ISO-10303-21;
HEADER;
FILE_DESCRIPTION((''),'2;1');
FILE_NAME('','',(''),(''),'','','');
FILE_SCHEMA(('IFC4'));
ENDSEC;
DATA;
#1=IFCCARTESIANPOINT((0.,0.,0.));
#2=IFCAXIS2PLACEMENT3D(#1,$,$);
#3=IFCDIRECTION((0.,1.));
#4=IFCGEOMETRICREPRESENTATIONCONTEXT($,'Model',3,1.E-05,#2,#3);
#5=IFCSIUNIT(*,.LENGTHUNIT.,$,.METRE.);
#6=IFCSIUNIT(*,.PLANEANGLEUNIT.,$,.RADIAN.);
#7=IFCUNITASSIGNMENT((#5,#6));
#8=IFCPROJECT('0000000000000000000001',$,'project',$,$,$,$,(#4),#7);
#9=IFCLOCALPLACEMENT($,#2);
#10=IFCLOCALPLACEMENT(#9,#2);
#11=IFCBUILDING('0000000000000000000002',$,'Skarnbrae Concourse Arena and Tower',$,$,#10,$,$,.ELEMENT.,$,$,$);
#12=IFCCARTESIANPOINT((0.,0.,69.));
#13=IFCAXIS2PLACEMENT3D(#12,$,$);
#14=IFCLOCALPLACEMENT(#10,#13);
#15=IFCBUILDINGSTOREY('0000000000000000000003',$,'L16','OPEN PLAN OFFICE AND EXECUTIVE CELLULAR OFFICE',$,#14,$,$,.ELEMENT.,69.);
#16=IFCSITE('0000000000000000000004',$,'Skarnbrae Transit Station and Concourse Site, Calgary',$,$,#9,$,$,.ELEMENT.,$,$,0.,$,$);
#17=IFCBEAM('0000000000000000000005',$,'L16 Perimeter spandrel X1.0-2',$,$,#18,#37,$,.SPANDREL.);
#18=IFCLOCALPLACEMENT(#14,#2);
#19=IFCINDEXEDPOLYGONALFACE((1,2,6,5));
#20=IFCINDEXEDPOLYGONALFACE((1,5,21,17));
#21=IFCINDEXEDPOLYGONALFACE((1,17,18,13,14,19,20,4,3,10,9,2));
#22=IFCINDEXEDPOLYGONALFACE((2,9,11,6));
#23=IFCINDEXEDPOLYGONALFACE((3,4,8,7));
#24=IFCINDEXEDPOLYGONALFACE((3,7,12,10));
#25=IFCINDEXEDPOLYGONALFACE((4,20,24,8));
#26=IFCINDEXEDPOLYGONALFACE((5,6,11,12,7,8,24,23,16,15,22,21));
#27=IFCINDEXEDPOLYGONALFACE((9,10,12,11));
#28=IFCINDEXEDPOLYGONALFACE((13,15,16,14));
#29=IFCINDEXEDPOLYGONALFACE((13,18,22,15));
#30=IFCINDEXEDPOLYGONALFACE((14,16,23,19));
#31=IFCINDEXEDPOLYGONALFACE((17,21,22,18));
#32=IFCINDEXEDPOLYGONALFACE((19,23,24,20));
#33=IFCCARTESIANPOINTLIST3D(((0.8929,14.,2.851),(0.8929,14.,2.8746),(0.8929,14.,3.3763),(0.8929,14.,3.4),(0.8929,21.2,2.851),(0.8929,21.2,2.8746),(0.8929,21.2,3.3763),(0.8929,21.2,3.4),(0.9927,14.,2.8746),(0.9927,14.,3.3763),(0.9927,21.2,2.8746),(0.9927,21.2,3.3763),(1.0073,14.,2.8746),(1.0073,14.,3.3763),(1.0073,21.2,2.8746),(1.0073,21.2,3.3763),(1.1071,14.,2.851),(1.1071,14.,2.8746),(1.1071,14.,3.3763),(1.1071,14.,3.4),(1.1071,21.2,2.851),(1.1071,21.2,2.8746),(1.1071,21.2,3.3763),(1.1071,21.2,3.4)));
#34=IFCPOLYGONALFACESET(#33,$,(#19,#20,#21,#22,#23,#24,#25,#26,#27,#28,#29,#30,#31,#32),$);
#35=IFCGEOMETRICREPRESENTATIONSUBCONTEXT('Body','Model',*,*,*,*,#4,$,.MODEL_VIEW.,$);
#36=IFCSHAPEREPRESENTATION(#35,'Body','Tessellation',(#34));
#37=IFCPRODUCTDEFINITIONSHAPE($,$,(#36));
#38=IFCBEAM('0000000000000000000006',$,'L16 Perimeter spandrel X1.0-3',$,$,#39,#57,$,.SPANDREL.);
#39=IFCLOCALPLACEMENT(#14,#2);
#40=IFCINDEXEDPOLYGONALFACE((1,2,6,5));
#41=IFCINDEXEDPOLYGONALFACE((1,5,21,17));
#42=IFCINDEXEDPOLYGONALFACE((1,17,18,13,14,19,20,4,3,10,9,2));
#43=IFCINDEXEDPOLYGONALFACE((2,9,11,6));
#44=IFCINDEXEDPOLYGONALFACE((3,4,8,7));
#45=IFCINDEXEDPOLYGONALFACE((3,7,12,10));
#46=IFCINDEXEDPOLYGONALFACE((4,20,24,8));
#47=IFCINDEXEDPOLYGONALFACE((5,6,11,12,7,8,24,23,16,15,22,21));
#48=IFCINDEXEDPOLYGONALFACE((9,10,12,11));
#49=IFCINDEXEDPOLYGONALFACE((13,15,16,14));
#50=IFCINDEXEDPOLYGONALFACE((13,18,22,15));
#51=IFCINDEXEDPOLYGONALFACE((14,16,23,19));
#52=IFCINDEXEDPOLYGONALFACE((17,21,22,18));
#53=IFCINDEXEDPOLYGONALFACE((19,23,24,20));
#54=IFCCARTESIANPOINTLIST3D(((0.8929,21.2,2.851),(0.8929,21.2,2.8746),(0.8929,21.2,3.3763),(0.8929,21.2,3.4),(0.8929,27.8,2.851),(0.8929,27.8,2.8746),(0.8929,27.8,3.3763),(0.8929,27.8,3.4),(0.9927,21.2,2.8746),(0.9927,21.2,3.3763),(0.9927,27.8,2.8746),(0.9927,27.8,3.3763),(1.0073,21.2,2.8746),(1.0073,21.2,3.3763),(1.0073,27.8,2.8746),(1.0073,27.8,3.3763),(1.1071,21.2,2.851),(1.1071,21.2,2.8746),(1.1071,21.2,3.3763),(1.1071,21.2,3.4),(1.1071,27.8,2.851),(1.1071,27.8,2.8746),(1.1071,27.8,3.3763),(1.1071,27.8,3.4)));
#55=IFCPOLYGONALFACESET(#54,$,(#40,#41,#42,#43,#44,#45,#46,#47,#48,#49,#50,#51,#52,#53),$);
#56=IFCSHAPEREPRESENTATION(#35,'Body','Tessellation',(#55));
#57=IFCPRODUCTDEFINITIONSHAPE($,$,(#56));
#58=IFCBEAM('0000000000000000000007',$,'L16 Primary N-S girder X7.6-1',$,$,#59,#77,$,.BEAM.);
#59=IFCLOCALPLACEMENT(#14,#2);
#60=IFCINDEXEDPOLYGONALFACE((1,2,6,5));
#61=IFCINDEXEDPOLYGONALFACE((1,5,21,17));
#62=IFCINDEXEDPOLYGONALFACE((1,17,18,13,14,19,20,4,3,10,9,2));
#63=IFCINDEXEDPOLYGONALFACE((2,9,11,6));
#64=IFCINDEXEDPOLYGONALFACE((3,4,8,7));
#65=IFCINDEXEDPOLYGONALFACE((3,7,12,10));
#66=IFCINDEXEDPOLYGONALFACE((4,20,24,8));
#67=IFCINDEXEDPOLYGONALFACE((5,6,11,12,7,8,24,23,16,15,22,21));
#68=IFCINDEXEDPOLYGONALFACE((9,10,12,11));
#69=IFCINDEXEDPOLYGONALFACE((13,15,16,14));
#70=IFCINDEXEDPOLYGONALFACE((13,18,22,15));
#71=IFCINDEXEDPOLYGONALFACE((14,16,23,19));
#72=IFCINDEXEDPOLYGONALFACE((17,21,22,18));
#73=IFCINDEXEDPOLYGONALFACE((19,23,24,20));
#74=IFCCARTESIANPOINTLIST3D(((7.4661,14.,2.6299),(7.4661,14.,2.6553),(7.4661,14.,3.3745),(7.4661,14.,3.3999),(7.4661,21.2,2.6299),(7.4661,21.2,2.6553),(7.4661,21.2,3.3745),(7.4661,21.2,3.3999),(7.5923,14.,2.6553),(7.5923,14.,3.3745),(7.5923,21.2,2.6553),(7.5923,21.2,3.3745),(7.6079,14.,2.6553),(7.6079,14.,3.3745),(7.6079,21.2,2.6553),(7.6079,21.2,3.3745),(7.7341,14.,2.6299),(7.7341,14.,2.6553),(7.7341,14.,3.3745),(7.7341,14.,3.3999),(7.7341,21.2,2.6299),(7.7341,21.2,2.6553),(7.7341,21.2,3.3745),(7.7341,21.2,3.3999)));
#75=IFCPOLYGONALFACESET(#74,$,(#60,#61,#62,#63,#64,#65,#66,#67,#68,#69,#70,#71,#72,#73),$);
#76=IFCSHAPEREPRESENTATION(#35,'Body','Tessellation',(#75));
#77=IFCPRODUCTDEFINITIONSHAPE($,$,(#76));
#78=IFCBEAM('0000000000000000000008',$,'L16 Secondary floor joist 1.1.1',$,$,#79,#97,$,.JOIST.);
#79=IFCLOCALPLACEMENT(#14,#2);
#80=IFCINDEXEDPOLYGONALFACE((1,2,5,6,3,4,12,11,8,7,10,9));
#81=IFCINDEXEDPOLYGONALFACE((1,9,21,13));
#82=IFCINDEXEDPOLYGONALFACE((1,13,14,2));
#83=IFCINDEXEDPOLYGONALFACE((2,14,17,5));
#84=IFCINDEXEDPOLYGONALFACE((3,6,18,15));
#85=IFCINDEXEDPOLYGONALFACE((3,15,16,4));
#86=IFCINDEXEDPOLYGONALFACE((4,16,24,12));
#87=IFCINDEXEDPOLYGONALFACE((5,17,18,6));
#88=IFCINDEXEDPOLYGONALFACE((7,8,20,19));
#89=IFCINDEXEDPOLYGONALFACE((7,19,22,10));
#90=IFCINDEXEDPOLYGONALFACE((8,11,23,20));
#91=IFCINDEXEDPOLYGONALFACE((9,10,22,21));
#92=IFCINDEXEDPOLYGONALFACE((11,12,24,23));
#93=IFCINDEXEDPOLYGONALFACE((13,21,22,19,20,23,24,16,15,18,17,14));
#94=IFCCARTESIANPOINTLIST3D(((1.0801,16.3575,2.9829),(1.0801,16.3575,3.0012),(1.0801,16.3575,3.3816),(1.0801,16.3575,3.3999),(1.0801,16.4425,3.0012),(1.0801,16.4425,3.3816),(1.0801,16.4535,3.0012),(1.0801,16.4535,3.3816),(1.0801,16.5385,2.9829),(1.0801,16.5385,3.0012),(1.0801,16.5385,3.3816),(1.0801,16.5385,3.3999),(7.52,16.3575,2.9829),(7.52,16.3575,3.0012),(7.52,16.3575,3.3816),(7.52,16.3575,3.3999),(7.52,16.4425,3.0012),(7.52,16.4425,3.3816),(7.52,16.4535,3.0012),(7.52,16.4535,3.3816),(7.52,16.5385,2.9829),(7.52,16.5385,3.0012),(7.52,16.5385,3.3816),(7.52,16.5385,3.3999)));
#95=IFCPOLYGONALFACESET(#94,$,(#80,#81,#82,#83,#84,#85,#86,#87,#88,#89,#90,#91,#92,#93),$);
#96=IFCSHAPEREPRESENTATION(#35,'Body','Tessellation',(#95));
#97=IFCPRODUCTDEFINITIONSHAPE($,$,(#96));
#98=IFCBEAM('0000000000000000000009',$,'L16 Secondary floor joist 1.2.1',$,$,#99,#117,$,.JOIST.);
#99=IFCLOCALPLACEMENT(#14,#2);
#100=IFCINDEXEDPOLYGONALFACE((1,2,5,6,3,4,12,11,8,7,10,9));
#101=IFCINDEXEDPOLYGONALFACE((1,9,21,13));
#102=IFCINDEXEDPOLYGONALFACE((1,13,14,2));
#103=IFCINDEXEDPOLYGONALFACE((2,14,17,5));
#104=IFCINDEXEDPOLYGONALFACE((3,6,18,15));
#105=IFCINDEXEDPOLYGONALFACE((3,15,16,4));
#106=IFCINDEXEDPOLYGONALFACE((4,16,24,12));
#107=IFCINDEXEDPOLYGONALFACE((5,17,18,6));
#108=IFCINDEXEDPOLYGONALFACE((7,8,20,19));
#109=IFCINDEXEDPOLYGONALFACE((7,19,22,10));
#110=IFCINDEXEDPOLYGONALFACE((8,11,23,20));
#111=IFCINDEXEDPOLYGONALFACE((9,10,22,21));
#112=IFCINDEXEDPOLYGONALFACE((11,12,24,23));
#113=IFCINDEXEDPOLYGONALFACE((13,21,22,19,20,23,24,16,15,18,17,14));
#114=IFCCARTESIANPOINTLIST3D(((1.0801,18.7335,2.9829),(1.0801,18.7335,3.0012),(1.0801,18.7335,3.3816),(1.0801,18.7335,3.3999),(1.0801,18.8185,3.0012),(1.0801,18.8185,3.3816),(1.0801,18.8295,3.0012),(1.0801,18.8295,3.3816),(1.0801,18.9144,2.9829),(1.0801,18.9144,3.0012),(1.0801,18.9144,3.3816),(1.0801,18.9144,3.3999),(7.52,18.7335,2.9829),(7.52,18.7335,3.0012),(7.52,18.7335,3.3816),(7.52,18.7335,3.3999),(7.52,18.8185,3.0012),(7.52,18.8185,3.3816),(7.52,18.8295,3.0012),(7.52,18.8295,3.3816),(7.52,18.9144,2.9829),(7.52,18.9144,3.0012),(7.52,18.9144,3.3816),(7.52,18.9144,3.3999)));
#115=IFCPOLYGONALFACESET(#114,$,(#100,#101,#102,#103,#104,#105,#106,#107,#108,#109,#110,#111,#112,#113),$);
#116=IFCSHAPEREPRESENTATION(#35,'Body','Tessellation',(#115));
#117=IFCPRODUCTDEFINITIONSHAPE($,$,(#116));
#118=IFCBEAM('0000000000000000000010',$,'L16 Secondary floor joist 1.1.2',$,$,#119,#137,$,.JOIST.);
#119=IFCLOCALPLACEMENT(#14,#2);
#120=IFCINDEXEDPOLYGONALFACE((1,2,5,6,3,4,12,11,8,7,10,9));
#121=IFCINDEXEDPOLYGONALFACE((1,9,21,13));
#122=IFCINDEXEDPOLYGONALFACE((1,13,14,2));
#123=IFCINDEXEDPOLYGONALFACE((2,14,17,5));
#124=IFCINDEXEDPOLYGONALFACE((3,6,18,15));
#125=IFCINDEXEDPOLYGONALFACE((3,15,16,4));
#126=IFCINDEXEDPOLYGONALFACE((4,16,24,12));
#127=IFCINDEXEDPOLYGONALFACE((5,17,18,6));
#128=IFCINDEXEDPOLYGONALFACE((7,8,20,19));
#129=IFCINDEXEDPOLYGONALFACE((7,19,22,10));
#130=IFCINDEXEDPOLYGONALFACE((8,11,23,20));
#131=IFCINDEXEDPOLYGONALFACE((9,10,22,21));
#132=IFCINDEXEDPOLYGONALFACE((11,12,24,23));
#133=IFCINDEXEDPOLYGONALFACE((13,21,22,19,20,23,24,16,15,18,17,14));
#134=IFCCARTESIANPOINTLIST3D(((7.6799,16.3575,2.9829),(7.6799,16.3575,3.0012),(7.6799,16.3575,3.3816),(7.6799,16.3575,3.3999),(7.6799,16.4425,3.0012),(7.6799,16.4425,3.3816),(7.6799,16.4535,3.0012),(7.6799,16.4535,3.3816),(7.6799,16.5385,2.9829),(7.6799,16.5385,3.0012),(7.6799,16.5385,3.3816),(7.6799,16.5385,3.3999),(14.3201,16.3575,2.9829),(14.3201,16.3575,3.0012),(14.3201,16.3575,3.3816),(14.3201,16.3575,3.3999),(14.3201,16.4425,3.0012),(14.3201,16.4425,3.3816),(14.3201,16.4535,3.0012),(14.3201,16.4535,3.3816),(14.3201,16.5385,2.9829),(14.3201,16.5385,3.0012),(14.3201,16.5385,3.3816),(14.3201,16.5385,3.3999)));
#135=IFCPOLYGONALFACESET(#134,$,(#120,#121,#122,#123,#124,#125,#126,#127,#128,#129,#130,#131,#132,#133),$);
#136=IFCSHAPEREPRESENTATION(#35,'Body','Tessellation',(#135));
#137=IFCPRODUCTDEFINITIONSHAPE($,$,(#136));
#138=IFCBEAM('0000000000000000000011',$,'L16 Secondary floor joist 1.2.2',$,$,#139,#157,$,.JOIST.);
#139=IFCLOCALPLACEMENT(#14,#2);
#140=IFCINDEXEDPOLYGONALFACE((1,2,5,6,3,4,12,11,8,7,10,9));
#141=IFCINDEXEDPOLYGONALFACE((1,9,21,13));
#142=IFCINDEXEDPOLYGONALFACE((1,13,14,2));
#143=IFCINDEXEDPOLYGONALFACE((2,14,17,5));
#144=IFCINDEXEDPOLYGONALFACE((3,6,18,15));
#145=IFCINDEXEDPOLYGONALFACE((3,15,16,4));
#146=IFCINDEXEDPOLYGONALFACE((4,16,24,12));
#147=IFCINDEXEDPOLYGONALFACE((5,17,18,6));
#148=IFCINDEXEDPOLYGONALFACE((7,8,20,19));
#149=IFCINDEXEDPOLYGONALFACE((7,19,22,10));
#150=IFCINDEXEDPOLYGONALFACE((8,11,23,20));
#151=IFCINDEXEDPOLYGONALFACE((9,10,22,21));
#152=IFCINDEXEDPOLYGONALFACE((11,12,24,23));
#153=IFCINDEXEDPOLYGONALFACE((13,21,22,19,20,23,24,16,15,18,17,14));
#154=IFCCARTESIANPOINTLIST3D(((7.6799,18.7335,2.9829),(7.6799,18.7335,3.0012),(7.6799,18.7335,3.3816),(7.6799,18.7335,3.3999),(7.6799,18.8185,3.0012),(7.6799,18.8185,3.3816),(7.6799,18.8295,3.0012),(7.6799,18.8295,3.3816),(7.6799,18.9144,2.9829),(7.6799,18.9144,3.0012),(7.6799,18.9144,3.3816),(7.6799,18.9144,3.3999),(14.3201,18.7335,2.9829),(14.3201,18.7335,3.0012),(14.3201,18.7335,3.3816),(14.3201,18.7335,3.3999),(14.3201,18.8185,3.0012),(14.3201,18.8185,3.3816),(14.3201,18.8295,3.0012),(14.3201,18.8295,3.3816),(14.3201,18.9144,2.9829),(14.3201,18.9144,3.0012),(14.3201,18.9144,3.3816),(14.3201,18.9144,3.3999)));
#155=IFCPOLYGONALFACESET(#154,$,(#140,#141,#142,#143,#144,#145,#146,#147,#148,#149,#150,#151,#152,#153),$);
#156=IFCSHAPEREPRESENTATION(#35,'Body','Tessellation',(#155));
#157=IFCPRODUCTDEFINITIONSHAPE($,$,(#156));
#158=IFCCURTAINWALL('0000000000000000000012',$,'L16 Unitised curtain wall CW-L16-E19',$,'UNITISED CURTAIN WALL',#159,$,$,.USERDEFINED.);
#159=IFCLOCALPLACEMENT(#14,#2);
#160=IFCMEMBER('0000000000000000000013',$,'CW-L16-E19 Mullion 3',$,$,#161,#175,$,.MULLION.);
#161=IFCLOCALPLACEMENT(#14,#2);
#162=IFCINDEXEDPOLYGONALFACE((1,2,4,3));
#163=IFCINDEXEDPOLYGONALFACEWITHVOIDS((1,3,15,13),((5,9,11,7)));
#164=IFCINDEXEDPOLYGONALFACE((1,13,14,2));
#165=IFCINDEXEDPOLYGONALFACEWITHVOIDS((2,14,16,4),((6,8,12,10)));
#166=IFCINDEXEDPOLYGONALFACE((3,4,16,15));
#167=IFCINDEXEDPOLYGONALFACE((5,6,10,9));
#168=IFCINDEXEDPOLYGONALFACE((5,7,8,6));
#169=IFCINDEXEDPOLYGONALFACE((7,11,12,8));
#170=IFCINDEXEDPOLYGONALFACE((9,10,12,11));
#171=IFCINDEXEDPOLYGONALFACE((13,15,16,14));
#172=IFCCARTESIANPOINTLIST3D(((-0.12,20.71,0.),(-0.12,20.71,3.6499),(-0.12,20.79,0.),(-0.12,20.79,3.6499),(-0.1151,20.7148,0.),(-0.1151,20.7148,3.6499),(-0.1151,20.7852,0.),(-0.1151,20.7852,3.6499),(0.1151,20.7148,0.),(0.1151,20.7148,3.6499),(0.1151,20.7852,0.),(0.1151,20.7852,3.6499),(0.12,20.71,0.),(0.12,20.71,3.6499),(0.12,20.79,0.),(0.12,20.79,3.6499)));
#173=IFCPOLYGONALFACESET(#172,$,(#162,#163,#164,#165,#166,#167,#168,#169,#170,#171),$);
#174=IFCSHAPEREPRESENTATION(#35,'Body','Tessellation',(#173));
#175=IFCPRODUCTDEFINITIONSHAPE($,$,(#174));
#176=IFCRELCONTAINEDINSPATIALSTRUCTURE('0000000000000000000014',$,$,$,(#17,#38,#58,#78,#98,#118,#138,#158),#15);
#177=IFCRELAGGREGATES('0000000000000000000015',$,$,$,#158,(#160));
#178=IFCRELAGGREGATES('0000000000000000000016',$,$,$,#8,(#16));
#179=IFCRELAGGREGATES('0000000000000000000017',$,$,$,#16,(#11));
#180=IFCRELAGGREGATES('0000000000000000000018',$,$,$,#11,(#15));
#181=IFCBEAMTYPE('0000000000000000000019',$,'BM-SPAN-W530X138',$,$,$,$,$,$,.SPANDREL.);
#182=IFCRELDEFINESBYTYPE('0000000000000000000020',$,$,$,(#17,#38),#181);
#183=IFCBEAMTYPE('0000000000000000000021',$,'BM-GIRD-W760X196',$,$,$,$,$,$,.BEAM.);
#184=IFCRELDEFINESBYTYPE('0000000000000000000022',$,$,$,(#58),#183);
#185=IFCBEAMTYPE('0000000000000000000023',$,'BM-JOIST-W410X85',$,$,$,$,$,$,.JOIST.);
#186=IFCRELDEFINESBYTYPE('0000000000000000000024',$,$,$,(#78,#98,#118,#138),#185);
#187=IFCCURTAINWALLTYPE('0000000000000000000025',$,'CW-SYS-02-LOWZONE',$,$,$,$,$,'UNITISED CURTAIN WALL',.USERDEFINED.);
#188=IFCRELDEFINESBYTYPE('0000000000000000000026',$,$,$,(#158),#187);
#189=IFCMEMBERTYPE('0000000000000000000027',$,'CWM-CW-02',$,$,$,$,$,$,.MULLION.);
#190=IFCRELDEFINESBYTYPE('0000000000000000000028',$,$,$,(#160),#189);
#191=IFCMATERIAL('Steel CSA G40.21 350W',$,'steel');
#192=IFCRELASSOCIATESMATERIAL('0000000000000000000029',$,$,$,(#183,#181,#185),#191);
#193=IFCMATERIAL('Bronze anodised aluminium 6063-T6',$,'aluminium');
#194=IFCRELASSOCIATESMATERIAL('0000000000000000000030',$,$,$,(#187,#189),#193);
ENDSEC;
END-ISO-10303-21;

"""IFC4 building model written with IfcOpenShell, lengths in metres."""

from ifc_helpers import new_model, si_unit, direction, frame, origin, origin_2d, place, context, subcontext, project, spatial, hollow_rectangle, i_section, extrude, source, transform, mapped, material, material_profile, profile_set, type_object, element, aggregate, save


model = new_model("IFC4")

# Units and contexts
model_context = context("Model", 3, precision=1e-05, world=origin(), true_north=direction((0.0, 1.0)))
body_context = subcontext(model_context, "Body", "Model", "MODEL_VIEW")
ifc_project = project(units=[si_unit("LENGTHUNIT", "METRE"), si_unit("PLANEANGLEUNIT", "RADIAN")], contexts=[model_context])

# Site, building, storey
site_placement = place(None, origin())
site = spatial("IfcSite", under=ifc_project, at=site_placement, Name="Skarnbrae Transit Station and Concourse Site, Calgary", CompositionType="ELEMENT", RefElevation=0.0)
building_placement = place(site_placement, origin())
building = spatial("IfcBuilding", under=site, at=building_placement, Name="Skarnbrae Concourse Arena and Tower", CompositionType="ELEMENT")
storey_placement = place(building_placement, frame((0.0, 0.0, 69.0)))
storey = spatial("IfcBuildingStorey", under=building, at=storey_placement, Name="L16", Description="OPEN PLAN OFFICE AND EXECUTIVE CELLULAR OFFICE", CompositionType="ELEMENT", Elevation=69.0)

# Shared definitions
ifc_material_1 = material(Name="Steel CSA G40.21 350W", Category="steel")

# Beams
ifc_material_profile_1 = material_profile(ifc_material_1, i_section(OverallWidth=0.2681, OverallDepth=0.77, WebThickness=0.0156, FlangeThickness=0.0254, at=origin_2d()), Name="W760X196")
ifc_profile_set_1 = profile_set([ifc_material_profile_1], Name="Steel CSA G40.21 350W")
beam_type_1 = type_object("IfcBeamType", Name="BM-GIRD-W760X196", PredefinedType="BEAM", material=ifc_profile_set_1)
ifc_material_profile_2 = material_profile(ifc_material_1, i_section(OverallWidth=0.2141, OverallDepth=0.5491, WebThickness=0.0146, FlangeThickness=0.0237, at=origin_2d()), Name="W530X138")
ifc_profile_set_2 = profile_set([ifc_material_profile_2], Name="Steel CSA G40.21 350W")
beam_type_2 = type_object("IfcBeamType", Name="BM-SPAN-W530X138", PredefinedType="SPANDREL", material=ifc_profile_set_2)
shared_shape_1 = source(origin(), body_context, "Body", "SweptSolid", [
    extrude(i_section(OverallWidth=0.2141, OverallDepth=0.5491, WebThickness=0.0146, FlangeThickness=0.0237, at=origin_2d()), origin(), (0.0, 0.0, 1.0), 7.2),
])
beam_1_placement = place(storey_placement, frame((1.0, 14.0, 3.1255), z_axis=(0.0, 1.0, 0.0), x_axis=(-1.0, 0.0, 0.0)))
element("IfcBeam", 1, at=beam_1_placement, inside=storey, type_object=beam_type_2, Name="L16 Perimeter spandrel X1.0-2", PredefinedType="SPANDREL", context=body_context, shape_type="MappedRepresentation", body=[
    mapped(shared_shape_1, transform((0.0, 0.0, 0.0))),
])
shared_shape_2 = source(origin(), body_context, "Body", "SweptSolid", [
    extrude(i_section(OverallWidth=0.2141, OverallDepth=0.5491, WebThickness=0.0146, FlangeThickness=0.0237, at=origin_2d()), origin(), (0.0, 0.0, 1.0), 6.6001),
])
beam_2_placement = place(storey_placement, frame((1.0, 21.2, 3.1255), z_axis=(0.0, 1.0, 0.0), x_axis=(-1.0, 0.0, 0.0)))
element("IfcBeam", 2, at=beam_2_placement, inside=storey, type_object=beam_type_2, Name="L16 Perimeter spandrel X1.0-3", PredefinedType="SPANDREL", context=body_context, shape_type="MappedRepresentation", body=[
    mapped(shared_shape_2, transform((0.0, 0.0, 0.0))),
])
shared_shape_3 = source(origin(), body_context, "Body", "SweptSolid", [
    extrude(i_section(OverallWidth=0.2681, OverallDepth=0.77, WebThickness=0.0156, FlangeThickness=0.0254, at=origin_2d()), origin(), (0.0, 0.0, 1.0), 7.2),
])
beam_3_placement = place(storey_placement, frame((7.6001, 14.0, 3.0149), z_axis=(0.0, 1.0, 0.0), x_axis=(-1.0, 0.0, 0.0)))
element("IfcBeam", 3, at=beam_3_placement, inside=storey, type_object=beam_type_1, Name="L16 Primary N-S girder X7.6-1", PredefinedType="BEAM", context=body_context, shape_type="MappedRepresentation", body=[
    mapped(shared_shape_3, transform((0.0, 0.0, 0.0))),
])
ifc_material_profile_3 = material_profile(ifc_material_1, i_section(OverallWidth=0.1809, OverallDepth=0.417, WebThickness=0.011, FlangeThickness=0.0183, at=origin_2d()), Name="W410X85")
ifc_profile_set_3 = profile_set([ifc_material_profile_3], Name="Steel CSA G40.21 350W")
beam_type_3 = type_object("IfcBeamType", Name="BM-JOIST-W410X85", PredefinedType="JOIST", material=ifc_profile_set_3)
shared_shape_4 = source(origin(), body_context, "Body", "SweptSolid", [
    extrude(i_section(OverallWidth=0.1809, OverallDepth=0.417, WebThickness=0.011, FlangeThickness=0.0183, at=origin_2d()), origin(), (0.0, 0.0, 1.0), 6.4399),
])
for number, where, z_axis, x_axis, name in (
    (4, (1.0801, 16.448, 3.1914), (1.0, 0.0, 0.0), (0.0, 1.0, 0.0), "L16 Secondary floor joist 1.1.1"),
    (5, (1.0801, 18.824, 3.1914), (1.0, 0.0, 0.0), (0.0, 1.0, 0.0), "L16 Secondary floor joist 1.2.1"),
):
    element("IfcBeam", number, at=place(storey_placement, frame(where, z_axis=z_axis, x_axis=x_axis)), inside=storey, type_object=beam_type_3, Name=name, PredefinedType="JOIST", context=body_context, shape_type="MappedRepresentation", body=[
        mapped(shared_shape_4, transform((0.0, 0.0, 0.0))),
    ])
shared_shape_5 = source(origin(), body_context, "Body", "SweptSolid", [
    extrude(i_section(OverallWidth=0.1809, OverallDepth=0.417, WebThickness=0.011, FlangeThickness=0.0183, at=origin_2d()), origin(), (0.0, 0.0, 1.0), 6.6401),
])
for number, where, z_axis, x_axis, name in (
    (6, (7.6799, 16.448, 3.1914), (1.0, 0.0, 0.0), (0.0, 1.0, 0.0), "L16 Secondary floor joist 1.1.2"),
    (7, (7.6799, 18.824, 3.1914), (1.0, 0.0, 0.0), (0.0, 1.0, 0.0), "L16 Secondary floor joist 1.2.2"),
):
    element("IfcBeam", number, at=place(storey_placement, frame(where, z_axis=z_axis, x_axis=x_axis)), inside=storey, type_object=beam_type_3, Name=name, PredefinedType="JOIST", context=body_context, shape_type="MappedRepresentation", body=[
        mapped(shared_shape_5, transform((0.0, 0.0, 0.0))),
    ])

# Curtain wall, member
ifc_material_2 = material(Name="Bronze anodised aluminium 6063-T6", Category="aluminium")
curtain_wall_type = type_object("IfcCurtainWallType", Name="CW-SYS-02-LOWZONE", ElementType="UNITISED CURTAIN WALL", PredefinedType="USERDEFINED", material=ifc_material_2)
curtain_wall_placement = place(storey_placement, origin())
curtain_wall = element("IfcCurtainWall", 8, at=curtain_wall_placement, inside=storey, type_object=curtain_wall_type, Name="L16 Unitised curtain wall CW-L16-E19", ObjectType="UNITISED CURTAIN WALL", PredefinedType="USERDEFINED")
ifc_material_profile_4 = material_profile(ifc_material_2, hollow_rectangle(XDim=0.0801, YDim=0.24, WallThickness=0.0049, at=origin_2d()), Name="ALU-MULL-80X240")
ifc_profile_set_4 = profile_set([ifc_material_profile_4], Name="Bronze anodised aluminium 6063-T6")
member_type_1 = type_object("IfcMemberType", Name="CWM-CW-02", PredefinedType="MULLION", material=ifc_profile_set_4)
shared_shape_6 = source(origin(), body_context, "Body", "SweptSolid", [
    extrude(hollow_rectangle(XDim=0.0801, YDim=0.24, WallThickness=0.0049, at=origin_2d()), origin(), (0.0, 0.0, 1.0), 3.6499),
])
member_1_placement = place(storey_placement, frame((0.0, 20.75, 0.0), z_axis=(0.0, 0.0, 1.0), x_axis=(0.0, -1.0, 0.0)))
member_1 = element("IfcMember", 9, at=member_1_placement, type_object=member_type_1, Name="CW-L16-E19 Mullion 3", PredefinedType="MULLION", context=body_context, shape_type="MappedRepresentation", body=[
    mapped(shared_shape_6, transform((0.0, 0.0, 0.0))),
])
aggregate(curtain_wall, [member_1])

save(model, "model.ifc")
